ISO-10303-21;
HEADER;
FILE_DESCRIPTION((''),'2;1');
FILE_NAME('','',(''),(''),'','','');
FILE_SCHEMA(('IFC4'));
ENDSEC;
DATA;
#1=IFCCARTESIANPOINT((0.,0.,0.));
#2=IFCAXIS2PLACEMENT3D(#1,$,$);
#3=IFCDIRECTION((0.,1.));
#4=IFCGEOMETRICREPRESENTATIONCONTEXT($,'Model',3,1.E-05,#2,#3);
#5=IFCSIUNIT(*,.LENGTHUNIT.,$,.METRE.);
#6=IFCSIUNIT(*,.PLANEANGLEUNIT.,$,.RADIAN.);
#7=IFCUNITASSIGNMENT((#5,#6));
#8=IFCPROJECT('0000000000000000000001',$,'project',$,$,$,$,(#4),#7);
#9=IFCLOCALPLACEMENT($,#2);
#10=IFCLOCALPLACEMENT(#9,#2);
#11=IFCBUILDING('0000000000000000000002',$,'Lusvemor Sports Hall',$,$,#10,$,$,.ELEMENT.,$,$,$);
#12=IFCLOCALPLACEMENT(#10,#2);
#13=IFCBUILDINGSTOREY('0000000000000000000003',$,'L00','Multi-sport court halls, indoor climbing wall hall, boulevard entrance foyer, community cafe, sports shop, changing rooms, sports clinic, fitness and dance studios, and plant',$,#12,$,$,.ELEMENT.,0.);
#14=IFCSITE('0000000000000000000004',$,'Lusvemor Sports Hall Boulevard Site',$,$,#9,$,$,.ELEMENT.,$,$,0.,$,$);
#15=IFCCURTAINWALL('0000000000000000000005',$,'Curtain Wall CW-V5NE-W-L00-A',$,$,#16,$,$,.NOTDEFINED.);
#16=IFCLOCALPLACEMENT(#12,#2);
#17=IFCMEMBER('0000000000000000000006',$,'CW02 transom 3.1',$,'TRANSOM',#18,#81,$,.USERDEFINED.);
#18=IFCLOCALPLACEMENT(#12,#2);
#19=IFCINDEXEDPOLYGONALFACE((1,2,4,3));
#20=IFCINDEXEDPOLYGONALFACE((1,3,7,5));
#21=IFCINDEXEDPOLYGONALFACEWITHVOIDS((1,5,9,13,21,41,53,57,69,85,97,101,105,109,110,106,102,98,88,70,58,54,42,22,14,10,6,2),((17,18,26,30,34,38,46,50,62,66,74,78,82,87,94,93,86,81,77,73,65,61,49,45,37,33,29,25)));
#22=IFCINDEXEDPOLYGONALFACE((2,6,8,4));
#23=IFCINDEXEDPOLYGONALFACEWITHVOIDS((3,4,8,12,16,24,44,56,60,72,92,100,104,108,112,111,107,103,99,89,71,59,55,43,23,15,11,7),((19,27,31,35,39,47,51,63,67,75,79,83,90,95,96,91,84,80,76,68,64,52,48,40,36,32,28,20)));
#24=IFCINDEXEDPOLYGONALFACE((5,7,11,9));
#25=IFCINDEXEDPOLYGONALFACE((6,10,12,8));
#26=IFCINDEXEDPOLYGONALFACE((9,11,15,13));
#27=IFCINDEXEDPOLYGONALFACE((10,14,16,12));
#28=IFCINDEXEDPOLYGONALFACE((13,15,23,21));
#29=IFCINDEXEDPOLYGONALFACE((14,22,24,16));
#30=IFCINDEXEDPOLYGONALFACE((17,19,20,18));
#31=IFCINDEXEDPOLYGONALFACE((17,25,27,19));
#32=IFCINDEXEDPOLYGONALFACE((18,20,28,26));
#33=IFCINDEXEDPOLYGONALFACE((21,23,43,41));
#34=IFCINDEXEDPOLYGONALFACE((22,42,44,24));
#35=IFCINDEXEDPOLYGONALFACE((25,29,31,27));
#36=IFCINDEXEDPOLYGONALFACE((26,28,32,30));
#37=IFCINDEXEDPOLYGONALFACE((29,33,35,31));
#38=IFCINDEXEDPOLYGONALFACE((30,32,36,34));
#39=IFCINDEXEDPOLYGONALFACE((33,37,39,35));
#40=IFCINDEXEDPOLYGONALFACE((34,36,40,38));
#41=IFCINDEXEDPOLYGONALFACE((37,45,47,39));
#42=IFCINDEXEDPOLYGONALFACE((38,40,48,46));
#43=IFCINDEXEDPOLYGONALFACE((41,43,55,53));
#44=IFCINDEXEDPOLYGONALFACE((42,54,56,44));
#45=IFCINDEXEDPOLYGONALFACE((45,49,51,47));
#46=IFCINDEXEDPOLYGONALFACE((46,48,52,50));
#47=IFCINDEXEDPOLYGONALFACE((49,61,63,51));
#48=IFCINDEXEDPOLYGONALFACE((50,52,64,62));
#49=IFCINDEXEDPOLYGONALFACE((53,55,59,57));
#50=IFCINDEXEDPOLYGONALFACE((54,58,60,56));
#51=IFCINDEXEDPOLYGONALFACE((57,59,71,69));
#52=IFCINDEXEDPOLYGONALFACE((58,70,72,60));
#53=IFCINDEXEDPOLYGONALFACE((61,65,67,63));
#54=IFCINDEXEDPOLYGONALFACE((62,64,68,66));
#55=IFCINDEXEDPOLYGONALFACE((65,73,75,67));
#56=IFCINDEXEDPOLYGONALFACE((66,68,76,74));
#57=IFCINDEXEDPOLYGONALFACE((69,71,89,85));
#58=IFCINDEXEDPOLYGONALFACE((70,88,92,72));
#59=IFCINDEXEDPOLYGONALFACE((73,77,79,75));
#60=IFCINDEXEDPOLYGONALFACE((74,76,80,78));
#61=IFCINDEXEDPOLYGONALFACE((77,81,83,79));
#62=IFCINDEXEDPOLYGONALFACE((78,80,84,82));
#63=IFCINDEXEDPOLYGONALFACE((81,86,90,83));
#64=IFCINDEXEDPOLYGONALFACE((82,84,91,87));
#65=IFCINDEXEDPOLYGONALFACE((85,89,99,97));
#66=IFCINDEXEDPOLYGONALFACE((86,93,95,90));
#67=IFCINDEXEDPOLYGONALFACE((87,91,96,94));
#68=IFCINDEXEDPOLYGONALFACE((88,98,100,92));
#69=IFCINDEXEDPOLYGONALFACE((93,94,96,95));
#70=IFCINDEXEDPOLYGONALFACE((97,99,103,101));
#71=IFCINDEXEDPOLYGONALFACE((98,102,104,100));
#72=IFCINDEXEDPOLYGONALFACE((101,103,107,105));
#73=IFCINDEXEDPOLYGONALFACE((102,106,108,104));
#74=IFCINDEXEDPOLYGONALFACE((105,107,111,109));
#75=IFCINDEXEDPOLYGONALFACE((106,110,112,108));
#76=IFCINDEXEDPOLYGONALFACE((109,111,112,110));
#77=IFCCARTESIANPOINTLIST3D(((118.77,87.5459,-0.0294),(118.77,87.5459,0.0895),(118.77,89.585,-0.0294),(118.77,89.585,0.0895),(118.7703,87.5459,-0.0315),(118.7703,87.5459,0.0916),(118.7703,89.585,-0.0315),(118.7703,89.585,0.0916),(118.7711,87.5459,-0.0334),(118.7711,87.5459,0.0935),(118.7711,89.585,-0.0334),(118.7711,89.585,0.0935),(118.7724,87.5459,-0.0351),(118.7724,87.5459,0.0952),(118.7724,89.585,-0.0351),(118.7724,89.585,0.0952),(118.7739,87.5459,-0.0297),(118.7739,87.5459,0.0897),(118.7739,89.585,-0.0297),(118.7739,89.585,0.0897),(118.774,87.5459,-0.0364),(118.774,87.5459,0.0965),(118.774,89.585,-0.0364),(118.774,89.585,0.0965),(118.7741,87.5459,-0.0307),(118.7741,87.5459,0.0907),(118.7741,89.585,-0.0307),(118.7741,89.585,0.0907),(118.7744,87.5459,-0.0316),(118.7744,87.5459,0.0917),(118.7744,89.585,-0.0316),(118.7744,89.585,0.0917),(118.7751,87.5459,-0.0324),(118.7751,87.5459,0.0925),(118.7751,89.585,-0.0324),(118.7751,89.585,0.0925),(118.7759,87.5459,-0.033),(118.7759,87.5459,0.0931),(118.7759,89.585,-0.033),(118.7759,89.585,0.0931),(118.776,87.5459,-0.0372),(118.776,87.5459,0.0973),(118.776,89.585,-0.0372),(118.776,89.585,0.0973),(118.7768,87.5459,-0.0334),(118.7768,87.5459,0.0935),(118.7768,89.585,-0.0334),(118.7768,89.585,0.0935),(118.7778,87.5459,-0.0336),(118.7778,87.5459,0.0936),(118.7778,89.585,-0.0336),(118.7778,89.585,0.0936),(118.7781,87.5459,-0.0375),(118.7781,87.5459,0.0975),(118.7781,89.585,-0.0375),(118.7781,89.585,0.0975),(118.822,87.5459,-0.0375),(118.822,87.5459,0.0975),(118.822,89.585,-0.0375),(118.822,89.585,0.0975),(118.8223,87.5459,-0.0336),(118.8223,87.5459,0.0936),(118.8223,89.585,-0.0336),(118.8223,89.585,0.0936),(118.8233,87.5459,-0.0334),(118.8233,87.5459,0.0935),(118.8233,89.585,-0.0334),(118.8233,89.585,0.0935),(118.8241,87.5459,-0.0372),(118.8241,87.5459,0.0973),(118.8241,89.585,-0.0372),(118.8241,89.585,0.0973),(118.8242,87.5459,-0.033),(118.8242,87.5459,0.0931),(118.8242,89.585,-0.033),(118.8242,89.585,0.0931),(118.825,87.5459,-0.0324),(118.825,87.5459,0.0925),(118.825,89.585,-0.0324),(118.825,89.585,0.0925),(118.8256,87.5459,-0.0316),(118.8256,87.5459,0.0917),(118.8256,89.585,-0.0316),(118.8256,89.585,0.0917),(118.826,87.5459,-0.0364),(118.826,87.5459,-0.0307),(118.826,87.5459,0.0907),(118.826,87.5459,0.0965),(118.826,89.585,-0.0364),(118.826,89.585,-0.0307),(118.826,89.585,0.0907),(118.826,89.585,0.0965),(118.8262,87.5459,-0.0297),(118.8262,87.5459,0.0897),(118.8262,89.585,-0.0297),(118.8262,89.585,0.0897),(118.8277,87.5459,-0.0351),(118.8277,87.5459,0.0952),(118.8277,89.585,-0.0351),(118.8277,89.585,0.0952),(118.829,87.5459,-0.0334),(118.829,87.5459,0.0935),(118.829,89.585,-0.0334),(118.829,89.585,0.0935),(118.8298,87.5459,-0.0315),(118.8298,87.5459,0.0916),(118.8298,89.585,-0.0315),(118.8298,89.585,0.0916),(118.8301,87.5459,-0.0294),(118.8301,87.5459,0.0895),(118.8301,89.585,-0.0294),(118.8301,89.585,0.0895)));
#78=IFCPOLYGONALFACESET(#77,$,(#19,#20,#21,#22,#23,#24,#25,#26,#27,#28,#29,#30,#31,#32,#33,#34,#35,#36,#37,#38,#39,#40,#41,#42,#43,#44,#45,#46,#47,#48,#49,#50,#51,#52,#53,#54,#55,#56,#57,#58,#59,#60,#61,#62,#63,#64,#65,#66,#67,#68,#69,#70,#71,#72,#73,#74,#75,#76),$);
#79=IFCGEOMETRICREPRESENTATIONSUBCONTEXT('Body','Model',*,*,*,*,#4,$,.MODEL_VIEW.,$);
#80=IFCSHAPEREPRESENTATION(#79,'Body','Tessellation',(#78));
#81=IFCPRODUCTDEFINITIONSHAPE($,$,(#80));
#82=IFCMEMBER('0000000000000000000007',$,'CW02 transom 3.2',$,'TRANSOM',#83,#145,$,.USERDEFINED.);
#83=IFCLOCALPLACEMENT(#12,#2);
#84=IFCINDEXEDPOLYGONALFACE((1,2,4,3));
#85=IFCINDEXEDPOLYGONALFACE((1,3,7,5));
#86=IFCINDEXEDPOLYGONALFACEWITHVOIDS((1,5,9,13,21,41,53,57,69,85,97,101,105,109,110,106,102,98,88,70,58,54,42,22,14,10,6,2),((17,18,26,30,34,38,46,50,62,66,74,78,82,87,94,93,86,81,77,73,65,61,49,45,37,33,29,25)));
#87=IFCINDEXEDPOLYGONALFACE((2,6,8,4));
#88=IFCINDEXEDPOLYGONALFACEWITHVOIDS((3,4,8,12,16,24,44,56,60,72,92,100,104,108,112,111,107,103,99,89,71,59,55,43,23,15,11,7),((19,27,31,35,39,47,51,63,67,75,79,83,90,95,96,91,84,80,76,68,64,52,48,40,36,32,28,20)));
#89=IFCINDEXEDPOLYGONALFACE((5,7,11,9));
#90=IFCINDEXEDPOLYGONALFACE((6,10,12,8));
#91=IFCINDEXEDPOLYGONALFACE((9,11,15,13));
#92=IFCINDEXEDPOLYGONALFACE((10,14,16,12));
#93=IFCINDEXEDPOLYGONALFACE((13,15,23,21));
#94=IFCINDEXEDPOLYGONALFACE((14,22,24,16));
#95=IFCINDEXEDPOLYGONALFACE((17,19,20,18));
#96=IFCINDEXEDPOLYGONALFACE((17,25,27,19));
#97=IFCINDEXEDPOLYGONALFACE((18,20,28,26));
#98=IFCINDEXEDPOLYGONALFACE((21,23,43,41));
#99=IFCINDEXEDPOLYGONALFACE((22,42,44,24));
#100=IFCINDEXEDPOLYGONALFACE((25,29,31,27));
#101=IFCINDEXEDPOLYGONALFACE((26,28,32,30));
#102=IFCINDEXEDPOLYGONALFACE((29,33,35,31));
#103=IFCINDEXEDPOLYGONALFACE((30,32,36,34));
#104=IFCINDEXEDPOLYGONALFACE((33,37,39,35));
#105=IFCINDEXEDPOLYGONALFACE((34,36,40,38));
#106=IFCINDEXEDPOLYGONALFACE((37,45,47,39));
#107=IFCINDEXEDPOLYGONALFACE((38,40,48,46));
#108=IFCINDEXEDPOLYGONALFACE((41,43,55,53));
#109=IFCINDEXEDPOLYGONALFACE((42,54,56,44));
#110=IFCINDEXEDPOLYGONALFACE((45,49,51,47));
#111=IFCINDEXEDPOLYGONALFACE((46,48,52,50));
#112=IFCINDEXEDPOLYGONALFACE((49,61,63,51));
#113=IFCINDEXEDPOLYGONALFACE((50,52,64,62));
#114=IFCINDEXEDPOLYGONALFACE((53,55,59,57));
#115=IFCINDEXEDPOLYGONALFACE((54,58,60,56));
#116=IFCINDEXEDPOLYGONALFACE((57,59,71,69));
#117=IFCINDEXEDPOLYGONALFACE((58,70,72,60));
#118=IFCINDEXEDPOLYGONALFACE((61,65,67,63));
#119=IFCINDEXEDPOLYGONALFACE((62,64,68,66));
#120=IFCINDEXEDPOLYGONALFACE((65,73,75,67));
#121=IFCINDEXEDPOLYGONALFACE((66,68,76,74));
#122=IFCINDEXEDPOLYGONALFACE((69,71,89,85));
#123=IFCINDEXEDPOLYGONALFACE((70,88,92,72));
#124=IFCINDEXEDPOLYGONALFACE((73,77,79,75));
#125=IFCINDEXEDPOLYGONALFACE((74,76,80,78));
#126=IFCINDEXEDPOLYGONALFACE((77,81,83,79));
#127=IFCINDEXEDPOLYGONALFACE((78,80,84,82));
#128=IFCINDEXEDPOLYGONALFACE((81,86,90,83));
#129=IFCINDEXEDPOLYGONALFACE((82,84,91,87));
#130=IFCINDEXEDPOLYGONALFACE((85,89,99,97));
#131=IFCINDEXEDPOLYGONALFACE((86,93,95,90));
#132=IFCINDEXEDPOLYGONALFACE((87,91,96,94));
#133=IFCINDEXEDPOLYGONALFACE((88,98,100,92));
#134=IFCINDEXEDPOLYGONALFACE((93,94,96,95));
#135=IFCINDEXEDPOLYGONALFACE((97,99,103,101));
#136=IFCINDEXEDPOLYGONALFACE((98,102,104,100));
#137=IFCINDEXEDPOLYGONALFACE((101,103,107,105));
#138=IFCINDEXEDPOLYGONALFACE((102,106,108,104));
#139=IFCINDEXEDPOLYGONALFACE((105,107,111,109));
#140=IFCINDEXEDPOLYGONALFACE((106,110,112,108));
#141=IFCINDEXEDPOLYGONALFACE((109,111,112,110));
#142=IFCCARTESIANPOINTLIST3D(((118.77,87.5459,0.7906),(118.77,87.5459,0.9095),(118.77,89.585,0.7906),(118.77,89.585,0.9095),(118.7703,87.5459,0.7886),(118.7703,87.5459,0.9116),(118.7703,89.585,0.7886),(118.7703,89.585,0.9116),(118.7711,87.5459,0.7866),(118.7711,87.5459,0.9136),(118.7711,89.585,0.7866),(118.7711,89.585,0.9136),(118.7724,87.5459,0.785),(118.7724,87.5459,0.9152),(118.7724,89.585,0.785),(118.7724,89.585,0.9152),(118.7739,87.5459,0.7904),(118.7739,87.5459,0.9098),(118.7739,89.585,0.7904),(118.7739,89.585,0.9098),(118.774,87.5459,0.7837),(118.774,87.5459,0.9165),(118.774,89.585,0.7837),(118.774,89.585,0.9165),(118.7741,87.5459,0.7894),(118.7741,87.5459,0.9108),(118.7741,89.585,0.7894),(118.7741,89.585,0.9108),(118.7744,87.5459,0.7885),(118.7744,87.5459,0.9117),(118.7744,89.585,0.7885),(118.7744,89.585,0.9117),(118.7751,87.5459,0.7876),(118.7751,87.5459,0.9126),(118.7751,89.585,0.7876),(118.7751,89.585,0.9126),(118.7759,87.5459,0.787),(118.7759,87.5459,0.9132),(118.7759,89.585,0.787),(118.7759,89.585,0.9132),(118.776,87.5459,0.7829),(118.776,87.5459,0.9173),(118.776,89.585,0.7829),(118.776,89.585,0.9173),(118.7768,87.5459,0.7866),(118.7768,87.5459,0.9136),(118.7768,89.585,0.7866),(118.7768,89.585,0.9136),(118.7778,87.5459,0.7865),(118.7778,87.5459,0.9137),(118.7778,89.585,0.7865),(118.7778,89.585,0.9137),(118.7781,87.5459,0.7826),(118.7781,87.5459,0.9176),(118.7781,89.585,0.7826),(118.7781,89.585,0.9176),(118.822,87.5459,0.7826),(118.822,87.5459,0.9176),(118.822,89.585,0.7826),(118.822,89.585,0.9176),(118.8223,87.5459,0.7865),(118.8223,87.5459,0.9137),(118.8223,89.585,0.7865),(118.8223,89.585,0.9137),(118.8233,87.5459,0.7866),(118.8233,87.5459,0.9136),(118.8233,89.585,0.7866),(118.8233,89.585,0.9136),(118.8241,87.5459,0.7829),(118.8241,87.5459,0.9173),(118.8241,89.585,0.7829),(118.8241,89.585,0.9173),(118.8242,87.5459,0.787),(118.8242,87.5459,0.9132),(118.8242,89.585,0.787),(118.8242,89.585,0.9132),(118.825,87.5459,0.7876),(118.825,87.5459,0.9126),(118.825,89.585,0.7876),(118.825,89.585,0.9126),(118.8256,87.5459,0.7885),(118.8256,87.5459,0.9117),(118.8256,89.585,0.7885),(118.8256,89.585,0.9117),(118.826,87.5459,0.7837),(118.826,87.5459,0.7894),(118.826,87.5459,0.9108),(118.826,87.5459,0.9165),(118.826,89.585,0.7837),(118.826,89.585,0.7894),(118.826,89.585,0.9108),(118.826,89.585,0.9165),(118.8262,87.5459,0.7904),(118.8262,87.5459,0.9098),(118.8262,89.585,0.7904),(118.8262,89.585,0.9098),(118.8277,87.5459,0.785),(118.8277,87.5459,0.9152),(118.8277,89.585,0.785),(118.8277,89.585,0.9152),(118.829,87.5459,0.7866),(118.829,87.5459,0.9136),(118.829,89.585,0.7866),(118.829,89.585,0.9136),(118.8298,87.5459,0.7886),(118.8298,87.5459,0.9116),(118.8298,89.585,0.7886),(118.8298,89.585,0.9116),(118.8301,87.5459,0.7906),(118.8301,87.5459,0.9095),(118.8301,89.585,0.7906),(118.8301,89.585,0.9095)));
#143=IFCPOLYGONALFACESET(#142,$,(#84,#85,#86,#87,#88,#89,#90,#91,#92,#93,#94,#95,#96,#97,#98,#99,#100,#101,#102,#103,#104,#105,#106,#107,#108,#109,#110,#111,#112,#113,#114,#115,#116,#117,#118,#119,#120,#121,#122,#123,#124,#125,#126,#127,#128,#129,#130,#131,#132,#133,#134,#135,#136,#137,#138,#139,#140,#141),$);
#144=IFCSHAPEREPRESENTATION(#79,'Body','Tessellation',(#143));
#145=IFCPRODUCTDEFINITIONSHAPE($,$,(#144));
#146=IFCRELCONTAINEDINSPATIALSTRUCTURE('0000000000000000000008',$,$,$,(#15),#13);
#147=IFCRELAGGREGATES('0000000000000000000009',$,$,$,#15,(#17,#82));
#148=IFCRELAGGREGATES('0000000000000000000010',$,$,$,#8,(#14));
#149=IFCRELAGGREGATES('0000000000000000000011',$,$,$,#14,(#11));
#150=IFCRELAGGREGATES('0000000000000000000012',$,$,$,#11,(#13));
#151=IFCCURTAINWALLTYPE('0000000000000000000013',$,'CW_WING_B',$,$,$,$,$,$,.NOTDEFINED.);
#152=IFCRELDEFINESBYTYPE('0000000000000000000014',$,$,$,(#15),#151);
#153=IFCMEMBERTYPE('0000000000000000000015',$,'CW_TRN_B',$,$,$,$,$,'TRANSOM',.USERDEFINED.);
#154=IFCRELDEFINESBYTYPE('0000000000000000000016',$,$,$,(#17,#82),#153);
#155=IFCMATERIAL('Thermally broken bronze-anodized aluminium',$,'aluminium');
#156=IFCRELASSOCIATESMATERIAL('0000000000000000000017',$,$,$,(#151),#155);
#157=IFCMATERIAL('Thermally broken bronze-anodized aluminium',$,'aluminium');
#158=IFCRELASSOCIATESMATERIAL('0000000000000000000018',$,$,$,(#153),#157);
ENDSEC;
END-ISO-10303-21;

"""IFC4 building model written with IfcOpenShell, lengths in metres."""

from ifc_helpers import new_model, si_unit, direction, frame, origin, origin_2d, place, context, subcontext, project, spatial, hollow_rectangle, extrude, material, material_profile, profile_set, type_object, element, aggregate, save


model = new_model("IFC4")

# Units and contexts
model_context = context("Model", 3, precision=1e-05, world=origin(), true_north=direction((0.0, 1.0)))
body_context = subcontext(model_context, "Body", "Model", "MODEL_VIEW")
ifc_project = project(units=[si_unit("LENGTHUNIT", "METRE"), si_unit("PLANEANGLEUNIT", "RADIAN")], contexts=[model_context])

# Site, building, storey
site_placement = place(None, origin())
site = spatial("IfcSite", under=ifc_project, at=site_placement, Name="Lusvemor Sports Hall Boulevard Site", CompositionType="ELEMENT", RefElevation=0.0)
building_placement = place(site_placement, origin())
building = spatial("IfcBuilding", under=site, at=building_placement, Name="Lusvemor Sports Hall", CompositionType="ELEMENT")
storey_placement = place(building_placement, origin())
storey = spatial("IfcBuildingStorey", under=building, at=storey_placement, Name="L00", Description="Multi-sport court halls, indoor climbing wall hall, boulevard entrance foyer, community cafe, sports shop, changing rooms, sports clinic, fitness and dance studios, and plant", CompositionType="ELEMENT", Elevation=0.0)

# Shared definitions
ifc_material_1 = material(Name="Thermally broken bronze-anodized aluminium", Category="aluminium")
curtain_wall_type = type_object("IfcCurtainWallType", Name="CW_WING_B", PredefinedType="NOTDEFINED", material=ifc_material_1)

# Curtain wall, members
curtain_wall_1_placement = place(storey_placement, origin())
curtain_wall_1 = element("IfcCurtainWall", 1, at=curtain_wall_1_placement, inside=storey, type_object=curtain_wall_type, Name="Curtain Wall CW-V5NE-W-L00-A", PredefinedType="NOTDEFINED")
ifc_material_2 = material(Name="Thermally broken bronze-anodized aluminium", Category="aluminium")
ifc_material_profile_1 = material_profile(ifc_material_2, hollow_rectangle(XDim=0.0601, YDim=0.135, WallThickness=0.0039, InnerFilletRadius=0.0039, OuterFilletRadius=0.0081, at=origin_2d()), Name="CWTRN135x60x4")
ifc_profile_set_1 = profile_set([ifc_material_profile_1], Name="Thermally broken bronze-anodized aluminium")
member_type_1 = type_object("IfcMemberType", Name="CW_TRN_B", ElementType="TRANSOM", PredefinedType="USERDEFINED", material=ifc_profile_set_1)
member_1_placement = place(storey_placement, frame((118.8, 87.5459, 0.03), z_axis=(0.0, 1.0, 0.0), x_axis=(-1.0, 0.0, 0.0)))
member_1 = element("IfcMember", 2, at=member_1_placement, type_object=member_type_1, Name="CW02 transom 3.1", ObjectType="TRANSOM", PredefinedType="USERDEFINED", context=body_context, shape_type="SweptSolid", body=[
    extrude(hollow_rectangle(XDim=0.0601, YDim=0.135, WallThickness=0.0039, InnerFilletRadius=0.0039, OuterFilletRadius=0.0081, at=origin_2d()), origin(), (0.0, 0.0, 1.0), 2.0391),
])
member_2_placement = place(storey_placement, frame((118.8, 87.5459, 0.8501), z_axis=(0.0, 1.0, 0.0), x_axis=(-1.0, 0.0, 0.0)))
member_2 = element("IfcMember", 3, at=member_2_placement, type_object=member_type_1, Name="CW02 transom 3.2", ObjectType="TRANSOM", PredefinedType="USERDEFINED", context=body_context, shape_type="SweptSolid", body=[
    extrude(hollow_rectangle(XDim=0.0601, YDim=0.135, WallThickness=0.0039, InnerFilletRadius=0.0039, OuterFilletRadius=0.0081, at=origin_2d()), origin(), (0.0, 0.0, 1.0), 2.0391),
])
aggregate(curtain_wall_1, [member_1, member_2])

save(model, "model.ifc")
